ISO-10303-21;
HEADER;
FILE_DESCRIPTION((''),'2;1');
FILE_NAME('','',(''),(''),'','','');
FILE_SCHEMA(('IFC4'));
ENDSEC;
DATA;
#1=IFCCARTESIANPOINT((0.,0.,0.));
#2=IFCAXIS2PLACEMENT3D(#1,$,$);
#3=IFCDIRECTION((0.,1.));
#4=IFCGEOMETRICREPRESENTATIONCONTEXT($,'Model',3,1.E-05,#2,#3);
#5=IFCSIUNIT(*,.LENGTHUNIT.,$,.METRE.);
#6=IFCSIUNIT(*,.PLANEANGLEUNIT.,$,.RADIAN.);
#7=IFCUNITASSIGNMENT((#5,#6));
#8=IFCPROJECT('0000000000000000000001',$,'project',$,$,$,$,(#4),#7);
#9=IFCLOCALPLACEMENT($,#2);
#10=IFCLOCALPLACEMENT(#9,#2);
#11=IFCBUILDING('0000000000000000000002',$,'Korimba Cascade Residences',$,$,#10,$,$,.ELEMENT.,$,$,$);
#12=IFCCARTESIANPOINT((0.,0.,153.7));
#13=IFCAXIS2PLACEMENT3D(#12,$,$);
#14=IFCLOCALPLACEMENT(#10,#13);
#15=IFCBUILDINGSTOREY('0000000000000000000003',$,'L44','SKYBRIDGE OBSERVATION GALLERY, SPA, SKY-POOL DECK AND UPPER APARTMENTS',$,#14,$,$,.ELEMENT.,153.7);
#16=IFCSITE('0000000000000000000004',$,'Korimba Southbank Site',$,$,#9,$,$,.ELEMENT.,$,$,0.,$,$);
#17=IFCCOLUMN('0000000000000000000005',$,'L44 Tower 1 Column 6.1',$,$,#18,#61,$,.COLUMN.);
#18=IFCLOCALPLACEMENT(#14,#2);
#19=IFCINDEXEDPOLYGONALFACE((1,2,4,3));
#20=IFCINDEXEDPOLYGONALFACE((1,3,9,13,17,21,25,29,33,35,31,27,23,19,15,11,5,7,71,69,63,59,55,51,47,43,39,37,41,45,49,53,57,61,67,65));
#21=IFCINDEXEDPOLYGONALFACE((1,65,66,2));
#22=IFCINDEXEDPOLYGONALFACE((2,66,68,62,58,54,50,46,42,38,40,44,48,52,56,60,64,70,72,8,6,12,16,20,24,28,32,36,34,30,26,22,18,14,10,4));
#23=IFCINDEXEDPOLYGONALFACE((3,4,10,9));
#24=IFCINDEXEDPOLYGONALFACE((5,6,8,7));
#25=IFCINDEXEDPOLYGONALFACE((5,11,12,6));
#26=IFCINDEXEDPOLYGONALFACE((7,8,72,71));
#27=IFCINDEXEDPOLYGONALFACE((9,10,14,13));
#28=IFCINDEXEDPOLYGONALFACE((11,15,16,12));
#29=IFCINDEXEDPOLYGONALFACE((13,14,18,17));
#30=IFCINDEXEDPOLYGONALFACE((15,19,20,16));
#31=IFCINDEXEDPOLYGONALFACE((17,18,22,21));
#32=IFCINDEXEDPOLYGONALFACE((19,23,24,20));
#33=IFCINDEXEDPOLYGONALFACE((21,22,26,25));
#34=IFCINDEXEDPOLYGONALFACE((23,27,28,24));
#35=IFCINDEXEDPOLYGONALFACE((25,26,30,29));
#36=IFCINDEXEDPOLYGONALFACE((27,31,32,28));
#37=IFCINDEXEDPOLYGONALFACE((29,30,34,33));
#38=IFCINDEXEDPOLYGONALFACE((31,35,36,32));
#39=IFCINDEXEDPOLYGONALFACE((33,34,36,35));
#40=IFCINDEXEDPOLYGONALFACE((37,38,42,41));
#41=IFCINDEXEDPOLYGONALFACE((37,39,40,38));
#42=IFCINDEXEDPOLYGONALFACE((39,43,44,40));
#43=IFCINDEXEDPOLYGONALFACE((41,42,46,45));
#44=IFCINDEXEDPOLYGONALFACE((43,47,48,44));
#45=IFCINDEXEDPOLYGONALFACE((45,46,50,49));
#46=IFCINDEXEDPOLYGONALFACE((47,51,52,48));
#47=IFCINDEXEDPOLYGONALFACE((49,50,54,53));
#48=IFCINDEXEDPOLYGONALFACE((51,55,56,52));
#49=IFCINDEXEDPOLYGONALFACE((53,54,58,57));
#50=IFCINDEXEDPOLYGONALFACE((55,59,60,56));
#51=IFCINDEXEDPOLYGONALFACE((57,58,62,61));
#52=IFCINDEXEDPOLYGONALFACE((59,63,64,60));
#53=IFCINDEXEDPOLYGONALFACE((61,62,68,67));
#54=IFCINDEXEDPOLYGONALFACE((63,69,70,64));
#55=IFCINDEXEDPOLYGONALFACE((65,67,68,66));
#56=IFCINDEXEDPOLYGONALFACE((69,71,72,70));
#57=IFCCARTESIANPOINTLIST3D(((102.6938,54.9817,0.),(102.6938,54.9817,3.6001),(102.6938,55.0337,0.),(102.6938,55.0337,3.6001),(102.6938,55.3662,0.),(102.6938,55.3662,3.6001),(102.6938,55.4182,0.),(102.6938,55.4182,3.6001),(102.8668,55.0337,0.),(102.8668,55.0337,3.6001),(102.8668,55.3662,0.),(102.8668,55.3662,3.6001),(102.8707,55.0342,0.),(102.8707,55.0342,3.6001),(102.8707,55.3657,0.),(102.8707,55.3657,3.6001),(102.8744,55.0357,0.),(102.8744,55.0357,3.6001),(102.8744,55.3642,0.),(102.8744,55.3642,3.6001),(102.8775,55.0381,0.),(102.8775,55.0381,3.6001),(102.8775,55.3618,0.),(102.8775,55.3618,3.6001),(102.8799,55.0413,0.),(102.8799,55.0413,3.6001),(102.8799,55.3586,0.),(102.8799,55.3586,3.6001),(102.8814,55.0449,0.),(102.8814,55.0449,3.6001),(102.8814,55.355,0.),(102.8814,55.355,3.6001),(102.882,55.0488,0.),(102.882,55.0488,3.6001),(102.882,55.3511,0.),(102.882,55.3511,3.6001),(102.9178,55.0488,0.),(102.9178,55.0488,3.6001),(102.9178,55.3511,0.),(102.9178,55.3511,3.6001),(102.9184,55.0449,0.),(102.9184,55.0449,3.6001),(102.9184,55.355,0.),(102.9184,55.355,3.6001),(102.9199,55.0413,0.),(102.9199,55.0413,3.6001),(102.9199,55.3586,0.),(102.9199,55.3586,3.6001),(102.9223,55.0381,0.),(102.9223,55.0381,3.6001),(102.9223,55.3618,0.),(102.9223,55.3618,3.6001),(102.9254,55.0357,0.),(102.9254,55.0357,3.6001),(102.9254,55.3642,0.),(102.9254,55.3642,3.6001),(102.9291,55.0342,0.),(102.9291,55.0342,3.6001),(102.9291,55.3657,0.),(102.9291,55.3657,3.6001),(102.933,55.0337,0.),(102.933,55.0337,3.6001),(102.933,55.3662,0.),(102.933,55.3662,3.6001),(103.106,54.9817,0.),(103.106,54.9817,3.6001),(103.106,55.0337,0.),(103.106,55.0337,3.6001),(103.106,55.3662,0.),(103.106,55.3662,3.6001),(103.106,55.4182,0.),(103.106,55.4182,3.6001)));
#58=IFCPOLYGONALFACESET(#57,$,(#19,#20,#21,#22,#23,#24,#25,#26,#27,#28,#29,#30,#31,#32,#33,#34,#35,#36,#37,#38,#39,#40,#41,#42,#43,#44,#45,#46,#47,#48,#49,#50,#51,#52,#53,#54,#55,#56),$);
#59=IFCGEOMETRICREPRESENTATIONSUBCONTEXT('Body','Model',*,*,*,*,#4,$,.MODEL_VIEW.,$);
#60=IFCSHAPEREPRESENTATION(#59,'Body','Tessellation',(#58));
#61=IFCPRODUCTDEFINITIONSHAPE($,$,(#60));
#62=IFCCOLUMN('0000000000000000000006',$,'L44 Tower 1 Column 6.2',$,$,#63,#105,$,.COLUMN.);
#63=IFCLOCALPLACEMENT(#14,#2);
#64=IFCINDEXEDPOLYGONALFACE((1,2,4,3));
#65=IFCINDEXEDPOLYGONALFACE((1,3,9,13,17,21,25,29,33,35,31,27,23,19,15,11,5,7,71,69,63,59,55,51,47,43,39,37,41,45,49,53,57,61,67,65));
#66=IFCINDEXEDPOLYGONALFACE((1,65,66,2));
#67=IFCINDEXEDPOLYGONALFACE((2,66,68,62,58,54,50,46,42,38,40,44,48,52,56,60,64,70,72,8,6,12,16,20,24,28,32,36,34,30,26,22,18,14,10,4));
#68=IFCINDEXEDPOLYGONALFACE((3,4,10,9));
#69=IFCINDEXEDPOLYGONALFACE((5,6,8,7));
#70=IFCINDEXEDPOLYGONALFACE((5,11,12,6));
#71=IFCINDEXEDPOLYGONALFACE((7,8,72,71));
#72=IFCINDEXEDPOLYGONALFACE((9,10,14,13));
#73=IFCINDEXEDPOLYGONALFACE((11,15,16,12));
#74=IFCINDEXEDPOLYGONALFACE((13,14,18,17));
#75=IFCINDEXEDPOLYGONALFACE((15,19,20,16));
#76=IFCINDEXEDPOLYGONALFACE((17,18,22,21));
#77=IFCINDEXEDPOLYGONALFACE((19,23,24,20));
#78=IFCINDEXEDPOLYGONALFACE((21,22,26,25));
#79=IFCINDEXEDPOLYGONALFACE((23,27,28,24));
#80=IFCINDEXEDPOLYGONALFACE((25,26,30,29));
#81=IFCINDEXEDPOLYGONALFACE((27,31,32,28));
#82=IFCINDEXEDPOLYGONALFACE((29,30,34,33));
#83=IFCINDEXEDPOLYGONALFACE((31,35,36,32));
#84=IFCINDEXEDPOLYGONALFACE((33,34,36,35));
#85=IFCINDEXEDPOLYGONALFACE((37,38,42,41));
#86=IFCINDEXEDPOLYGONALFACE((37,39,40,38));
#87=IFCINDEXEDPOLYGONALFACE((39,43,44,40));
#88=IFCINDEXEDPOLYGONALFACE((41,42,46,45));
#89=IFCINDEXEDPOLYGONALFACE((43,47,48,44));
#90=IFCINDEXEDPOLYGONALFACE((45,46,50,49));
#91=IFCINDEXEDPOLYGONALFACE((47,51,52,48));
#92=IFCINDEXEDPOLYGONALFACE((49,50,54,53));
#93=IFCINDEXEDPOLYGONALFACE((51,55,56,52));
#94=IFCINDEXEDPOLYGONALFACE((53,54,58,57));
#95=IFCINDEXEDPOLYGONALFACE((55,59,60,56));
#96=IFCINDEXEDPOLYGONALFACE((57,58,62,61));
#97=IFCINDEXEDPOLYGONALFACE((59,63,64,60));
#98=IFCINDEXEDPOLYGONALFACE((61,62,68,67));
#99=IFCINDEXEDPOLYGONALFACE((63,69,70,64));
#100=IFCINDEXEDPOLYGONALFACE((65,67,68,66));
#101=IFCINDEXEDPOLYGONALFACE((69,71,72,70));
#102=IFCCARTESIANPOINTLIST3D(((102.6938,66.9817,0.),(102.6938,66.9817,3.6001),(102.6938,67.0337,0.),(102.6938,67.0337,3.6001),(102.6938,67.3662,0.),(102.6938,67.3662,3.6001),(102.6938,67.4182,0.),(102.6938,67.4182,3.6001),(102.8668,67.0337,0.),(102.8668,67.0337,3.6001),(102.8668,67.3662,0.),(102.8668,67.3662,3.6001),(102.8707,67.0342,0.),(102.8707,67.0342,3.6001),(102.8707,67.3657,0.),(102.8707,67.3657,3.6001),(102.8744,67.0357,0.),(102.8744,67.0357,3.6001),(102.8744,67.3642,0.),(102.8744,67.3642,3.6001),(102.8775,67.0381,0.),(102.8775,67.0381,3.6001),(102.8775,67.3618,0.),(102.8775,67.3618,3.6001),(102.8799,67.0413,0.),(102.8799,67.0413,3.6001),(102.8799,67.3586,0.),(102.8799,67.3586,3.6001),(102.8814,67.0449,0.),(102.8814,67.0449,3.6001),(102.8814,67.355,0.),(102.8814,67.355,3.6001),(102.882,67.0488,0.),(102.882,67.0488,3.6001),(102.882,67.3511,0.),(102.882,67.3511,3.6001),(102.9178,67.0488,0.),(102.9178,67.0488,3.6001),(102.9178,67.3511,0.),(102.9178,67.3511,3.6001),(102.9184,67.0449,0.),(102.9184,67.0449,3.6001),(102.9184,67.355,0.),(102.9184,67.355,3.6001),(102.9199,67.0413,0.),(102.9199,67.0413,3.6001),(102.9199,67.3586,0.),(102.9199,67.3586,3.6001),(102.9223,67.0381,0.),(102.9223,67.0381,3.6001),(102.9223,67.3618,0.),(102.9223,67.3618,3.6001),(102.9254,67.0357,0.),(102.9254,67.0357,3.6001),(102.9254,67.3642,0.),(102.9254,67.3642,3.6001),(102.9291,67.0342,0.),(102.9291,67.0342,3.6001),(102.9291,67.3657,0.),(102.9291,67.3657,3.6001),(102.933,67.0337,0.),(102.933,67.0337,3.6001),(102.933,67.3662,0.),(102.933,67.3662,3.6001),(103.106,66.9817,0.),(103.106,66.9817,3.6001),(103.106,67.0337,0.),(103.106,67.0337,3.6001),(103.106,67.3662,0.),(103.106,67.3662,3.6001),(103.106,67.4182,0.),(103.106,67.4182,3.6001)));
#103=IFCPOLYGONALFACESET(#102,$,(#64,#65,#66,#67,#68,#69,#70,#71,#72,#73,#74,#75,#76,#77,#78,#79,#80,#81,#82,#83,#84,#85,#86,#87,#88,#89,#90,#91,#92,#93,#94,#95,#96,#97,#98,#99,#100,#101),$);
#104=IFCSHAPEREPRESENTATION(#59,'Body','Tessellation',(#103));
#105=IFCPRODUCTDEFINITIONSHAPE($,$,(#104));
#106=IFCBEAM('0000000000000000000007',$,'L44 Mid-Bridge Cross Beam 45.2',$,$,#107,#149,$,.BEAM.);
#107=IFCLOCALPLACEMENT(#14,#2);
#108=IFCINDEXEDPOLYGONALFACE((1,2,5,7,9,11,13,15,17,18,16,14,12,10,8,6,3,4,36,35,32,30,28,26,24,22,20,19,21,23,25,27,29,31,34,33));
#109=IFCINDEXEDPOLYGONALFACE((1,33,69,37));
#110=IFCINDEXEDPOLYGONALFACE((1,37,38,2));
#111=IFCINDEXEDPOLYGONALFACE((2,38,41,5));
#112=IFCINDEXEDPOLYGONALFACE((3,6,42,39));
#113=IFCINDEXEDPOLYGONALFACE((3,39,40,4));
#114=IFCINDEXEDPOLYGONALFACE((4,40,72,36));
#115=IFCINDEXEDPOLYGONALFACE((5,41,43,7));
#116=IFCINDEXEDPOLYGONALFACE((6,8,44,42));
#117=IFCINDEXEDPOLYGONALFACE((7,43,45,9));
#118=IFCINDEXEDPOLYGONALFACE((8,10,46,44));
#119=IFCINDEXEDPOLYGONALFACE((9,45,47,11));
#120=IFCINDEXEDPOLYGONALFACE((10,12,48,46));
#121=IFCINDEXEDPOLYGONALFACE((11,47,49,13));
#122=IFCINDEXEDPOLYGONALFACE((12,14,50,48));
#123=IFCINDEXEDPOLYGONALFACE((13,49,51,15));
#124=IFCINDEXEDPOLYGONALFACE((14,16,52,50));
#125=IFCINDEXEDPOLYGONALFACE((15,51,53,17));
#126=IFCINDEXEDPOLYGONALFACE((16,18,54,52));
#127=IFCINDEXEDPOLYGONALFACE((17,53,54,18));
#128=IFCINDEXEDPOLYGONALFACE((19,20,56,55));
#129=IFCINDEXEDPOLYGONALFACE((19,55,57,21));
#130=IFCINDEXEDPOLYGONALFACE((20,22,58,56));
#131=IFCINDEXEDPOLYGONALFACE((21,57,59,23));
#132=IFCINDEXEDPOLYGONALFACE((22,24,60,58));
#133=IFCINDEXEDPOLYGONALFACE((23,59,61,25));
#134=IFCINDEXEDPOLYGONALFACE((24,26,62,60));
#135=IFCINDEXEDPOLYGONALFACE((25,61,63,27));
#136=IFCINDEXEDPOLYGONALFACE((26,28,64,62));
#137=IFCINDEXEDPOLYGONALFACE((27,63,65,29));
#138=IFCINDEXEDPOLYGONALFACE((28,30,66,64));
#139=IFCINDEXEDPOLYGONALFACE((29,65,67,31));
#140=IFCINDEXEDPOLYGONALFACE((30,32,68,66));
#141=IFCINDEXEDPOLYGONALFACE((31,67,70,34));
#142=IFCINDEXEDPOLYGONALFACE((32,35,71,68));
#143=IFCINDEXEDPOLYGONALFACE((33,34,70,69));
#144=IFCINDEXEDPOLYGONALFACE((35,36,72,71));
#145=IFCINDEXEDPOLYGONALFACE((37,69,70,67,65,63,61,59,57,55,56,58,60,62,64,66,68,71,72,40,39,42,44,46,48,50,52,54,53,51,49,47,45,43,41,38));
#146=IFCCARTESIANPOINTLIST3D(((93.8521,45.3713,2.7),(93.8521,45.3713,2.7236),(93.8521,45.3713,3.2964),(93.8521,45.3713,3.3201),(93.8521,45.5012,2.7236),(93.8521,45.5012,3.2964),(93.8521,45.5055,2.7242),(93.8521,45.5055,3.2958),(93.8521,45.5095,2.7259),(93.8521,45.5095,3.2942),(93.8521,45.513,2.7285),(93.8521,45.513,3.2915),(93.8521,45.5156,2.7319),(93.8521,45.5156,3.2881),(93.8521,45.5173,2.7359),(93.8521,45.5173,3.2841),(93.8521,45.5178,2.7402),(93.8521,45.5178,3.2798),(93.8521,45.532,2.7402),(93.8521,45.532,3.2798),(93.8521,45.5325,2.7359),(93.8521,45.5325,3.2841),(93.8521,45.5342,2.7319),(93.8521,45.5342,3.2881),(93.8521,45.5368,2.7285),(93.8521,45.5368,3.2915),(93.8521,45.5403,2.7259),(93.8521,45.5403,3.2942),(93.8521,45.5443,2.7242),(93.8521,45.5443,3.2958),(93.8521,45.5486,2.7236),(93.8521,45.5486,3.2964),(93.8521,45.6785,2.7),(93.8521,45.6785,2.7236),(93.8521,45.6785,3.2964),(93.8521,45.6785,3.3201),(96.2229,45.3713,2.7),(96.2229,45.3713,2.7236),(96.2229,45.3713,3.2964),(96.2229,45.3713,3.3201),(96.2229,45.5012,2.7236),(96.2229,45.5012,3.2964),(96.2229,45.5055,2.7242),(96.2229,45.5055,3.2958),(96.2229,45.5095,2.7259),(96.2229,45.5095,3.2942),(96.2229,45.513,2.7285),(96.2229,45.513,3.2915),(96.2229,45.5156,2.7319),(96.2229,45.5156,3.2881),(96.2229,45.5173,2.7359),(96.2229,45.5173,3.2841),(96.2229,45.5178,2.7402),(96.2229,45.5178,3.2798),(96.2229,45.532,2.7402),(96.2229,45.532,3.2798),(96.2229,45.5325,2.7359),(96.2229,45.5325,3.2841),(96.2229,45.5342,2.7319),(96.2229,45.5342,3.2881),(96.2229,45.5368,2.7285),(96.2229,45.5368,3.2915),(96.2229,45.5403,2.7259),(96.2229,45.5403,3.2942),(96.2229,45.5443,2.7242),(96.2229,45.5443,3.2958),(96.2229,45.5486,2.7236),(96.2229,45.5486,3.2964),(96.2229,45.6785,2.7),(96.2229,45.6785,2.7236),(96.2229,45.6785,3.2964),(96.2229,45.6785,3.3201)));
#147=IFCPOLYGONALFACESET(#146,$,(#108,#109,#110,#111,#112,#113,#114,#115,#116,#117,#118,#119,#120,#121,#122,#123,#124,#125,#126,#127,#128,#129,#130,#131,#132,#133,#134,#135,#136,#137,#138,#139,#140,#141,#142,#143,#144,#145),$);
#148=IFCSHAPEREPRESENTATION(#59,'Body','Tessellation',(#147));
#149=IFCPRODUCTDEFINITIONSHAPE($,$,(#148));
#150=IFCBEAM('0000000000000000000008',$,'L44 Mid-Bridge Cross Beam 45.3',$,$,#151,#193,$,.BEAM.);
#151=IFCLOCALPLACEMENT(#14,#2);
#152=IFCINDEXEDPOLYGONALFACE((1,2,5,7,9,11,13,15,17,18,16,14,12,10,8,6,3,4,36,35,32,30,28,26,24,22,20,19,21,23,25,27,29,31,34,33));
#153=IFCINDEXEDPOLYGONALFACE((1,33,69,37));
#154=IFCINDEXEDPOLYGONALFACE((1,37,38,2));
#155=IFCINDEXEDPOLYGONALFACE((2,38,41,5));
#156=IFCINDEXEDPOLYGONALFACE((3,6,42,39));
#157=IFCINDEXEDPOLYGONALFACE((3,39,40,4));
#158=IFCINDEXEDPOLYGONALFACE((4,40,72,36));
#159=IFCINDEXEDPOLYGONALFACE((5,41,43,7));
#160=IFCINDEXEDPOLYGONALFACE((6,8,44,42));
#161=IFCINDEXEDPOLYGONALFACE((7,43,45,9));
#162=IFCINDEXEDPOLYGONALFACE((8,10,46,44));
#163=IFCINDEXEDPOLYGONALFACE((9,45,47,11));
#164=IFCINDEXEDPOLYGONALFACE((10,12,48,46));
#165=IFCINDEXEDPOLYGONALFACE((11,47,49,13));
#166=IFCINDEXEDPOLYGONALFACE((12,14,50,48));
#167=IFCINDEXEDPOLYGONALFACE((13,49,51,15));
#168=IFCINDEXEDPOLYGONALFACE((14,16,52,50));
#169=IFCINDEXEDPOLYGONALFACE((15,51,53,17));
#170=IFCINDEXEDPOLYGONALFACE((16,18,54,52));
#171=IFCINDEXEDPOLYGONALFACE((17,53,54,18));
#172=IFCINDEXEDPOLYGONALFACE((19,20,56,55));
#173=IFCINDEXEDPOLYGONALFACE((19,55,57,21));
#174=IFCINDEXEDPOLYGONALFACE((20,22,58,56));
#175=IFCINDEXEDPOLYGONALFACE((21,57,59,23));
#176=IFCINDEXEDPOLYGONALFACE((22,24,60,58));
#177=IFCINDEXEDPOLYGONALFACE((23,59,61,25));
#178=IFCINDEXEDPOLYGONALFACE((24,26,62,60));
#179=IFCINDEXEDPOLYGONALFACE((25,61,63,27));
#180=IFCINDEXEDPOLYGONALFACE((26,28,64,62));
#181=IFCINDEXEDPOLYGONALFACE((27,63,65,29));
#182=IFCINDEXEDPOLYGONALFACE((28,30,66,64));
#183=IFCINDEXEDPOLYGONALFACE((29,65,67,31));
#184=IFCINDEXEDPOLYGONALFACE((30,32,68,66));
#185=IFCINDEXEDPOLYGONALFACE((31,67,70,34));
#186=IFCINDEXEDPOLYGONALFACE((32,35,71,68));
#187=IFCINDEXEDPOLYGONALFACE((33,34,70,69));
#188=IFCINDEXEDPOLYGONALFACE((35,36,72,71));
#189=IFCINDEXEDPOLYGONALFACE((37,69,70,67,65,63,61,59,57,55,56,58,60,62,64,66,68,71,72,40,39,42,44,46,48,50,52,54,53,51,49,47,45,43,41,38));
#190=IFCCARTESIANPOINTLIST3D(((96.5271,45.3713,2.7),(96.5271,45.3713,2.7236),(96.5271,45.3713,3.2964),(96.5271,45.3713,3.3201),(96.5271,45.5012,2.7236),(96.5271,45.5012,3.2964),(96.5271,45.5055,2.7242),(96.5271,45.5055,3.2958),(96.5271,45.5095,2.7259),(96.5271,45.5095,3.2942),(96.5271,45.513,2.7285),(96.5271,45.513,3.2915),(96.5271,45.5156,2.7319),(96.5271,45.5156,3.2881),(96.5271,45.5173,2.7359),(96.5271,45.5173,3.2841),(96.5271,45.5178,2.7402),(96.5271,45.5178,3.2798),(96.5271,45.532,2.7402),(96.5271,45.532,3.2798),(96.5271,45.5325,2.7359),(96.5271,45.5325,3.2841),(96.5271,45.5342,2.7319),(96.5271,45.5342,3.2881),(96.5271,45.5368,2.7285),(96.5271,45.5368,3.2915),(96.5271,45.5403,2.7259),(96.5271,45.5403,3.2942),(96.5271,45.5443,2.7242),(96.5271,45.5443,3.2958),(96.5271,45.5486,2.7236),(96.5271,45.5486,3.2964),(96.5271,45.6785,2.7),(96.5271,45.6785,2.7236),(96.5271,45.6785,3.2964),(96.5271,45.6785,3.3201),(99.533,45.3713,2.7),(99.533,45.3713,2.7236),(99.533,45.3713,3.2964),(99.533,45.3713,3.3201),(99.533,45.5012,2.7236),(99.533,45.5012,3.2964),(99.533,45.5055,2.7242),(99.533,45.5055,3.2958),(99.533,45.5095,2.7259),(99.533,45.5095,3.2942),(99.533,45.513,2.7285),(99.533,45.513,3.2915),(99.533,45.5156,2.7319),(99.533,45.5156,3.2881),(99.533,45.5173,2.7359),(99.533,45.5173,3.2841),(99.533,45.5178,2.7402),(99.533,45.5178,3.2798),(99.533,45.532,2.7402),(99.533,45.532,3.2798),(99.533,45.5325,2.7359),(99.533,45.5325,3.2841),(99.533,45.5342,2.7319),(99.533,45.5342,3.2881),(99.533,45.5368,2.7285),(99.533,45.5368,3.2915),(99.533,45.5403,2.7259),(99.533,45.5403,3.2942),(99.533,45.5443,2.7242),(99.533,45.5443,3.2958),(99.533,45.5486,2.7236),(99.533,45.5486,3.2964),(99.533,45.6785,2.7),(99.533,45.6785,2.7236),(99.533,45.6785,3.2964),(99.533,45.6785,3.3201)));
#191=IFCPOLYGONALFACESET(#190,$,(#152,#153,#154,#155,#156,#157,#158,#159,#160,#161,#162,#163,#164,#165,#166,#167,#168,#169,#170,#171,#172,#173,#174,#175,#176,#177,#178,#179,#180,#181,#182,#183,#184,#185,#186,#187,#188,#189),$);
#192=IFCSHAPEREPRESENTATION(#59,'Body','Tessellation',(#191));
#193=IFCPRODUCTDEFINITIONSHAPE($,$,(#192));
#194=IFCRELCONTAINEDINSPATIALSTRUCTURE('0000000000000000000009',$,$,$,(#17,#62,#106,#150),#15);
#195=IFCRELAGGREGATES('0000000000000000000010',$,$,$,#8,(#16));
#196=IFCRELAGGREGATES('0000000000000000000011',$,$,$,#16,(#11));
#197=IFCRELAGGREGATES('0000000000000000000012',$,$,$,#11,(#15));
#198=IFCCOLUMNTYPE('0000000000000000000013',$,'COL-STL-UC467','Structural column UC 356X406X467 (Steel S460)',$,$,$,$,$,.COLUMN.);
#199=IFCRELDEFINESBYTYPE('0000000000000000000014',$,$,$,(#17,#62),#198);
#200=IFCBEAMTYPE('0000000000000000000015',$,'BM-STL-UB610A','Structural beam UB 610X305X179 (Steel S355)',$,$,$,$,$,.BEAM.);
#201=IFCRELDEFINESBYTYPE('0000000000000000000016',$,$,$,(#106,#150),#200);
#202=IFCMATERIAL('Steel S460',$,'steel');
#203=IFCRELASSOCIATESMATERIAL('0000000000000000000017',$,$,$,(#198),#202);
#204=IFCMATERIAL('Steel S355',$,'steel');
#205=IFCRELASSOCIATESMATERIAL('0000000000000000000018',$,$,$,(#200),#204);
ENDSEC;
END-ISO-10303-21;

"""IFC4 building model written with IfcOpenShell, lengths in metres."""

from ifc_helpers import new_model, si_unit, direction, frame, origin, origin_2d, place, context, subcontext, project, spatial, i_section, extrude, material, material_profile, profile_set, type_object, element, save


model = new_model("IFC4")

# Units and contexts
model_context = context("Model", 3, precision=1e-05, world=origin(), true_north=direction((0.0, 1.0)))
body_context = subcontext(model_context, "Body", "Model", "MODEL_VIEW")
ifc_project = project(units=[si_unit("LENGTHUNIT", "METRE"), si_unit("PLANEANGLEUNIT", "RADIAN")], contexts=[model_context])

# Site, building, storey
site_placement = place(None, origin())
site = spatial("IfcSite", under=ifc_project, at=site_placement, Name="Korimba Southbank Site", CompositionType="ELEMENT", RefElevation=0.0)
building_placement = place(site_placement, origin())
building = spatial("IfcBuilding", under=site, at=building_placement, Name="Korimba Cascade Residences", CompositionType="ELEMENT")
storey_placement = place(building_placement, frame((0.0, 0.0, 153.7)))
storey = spatial("IfcBuildingStorey", under=building, at=storey_placement, Name="L44", Description="SKYBRIDGE OBSERVATION GALLERY, SPA, SKY-POOL DECK AND UPPER APARTMENTS", CompositionType="ELEMENT", Elevation=153.7)

# Columns
ifc_material_1 = material(Name="Steel S460", Category="steel")
ifc_material_profile_1 = material_profile(ifc_material_1, i_section(OverallWidth=0.4121, OverallDepth=0.4365, WebThickness=0.0359, FlangeThickness=0.052, FilletRadius=0.0151, at=origin_2d()), Name="Steel S460")
ifc_profile_set_1 = profile_set([ifc_material_profile_1], Name="Steel S460")
column_type = type_object("IfcColumnType", Name="COL-STL-UC467", Description="Structural column UC 356X406X467 (Steel S460)", PredefinedType="COLUMN", material=ifc_profile_set_1)
for number, where, z_axis, x_axis, name in (
    (1, (102.8999, 55.2, 0.0), (0.0, 0.0, 1.0), (1.0, 0.0, 0.0), "L44 Tower 1 Column 6.1"),
    (2, (102.8999, 67.2, 0.0), (0.0, 0.0, 1.0), (1.0, 0.0, 0.0), "L44 Tower 1 Column 6.2"),
):
    element("IfcColumn", number, at=place(storey_placement, frame(where, z_axis=z_axis, x_axis=x_axis)), inside=storey, type_object=column_type, Name=name, PredefinedType="COLUMN", context=body_context, shape_type="SweptSolid", body=[
        extrude(i_section(OverallWidth=0.4121, OverallDepth=0.4365, WebThickness=0.0359, FlangeThickness=0.052, FilletRadius=0.0151, at=origin_2d()), origin(), (0.0, 0.0, 1.0), 3.6001),
    ])

# Beams
ifc_material_2 = material(Name="Steel S355", Category="steel")
ifc_material_profile_2 = material_profile(ifc_material_2, i_section(OverallWidth=0.3071, OverallDepth=0.6201, WebThickness=0.0142, FlangeThickness=0.0237, FilletRadius=0.0166, at=origin_2d()), Name="Steel S355")
ifc_profile_set_2 = profile_set([ifc_material_profile_2], Name="Steel S355")
beam_type_1 = type_object("IfcBeamType", Name="BM-STL-UB610A", Description="Structural beam UB 610X305X179 (Steel S355)", PredefinedType="BEAM", material=ifc_profile_set_2)
beam_1_placement = place(storey_placement, frame((93.8521, 45.5249, 3.01), z_axis=(1.0, 0.0, 0.0), x_axis=(0.0, 1.0, 0.0)))
element("IfcBeam", 3, at=beam_1_placement, inside=storey, type_object=beam_type_1, Name="L44 Mid-Bridge Cross Beam 45.2", PredefinedType="BEAM", context=body_context, shape_type="SweptSolid", body=[
    extrude(i_section(OverallWidth=0.3071, OverallDepth=0.6201, WebThickness=0.0142, FlangeThickness=0.0237, FilletRadius=0.0166, at=origin_2d()), origin(), (0.0, 0.0, 1.0), 2.3708),
])
beam_2_placement = place(storey_placement, frame((96.5271, 45.5249, 3.01), z_axis=(1.0, 0.0, 0.0), x_axis=(0.0, 1.0, 0.0)))
element("IfcBeam", 4, at=beam_2_placement, inside=storey, type_object=beam_type_1, Name="L44 Mid-Bridge Cross Beam 45.3", PredefinedType="BEAM", context=body_context, shape_type="SweptSolid", body=[
    extrude(i_section(OverallWidth=0.3071, OverallDepth=0.6201, WebThickness=0.0142, FlangeThickness=0.0237, FilletRadius=0.0166, at=origin_2d()), origin(), (0.0, 0.0, 1.0), 3.0059),
])

save(model, "model.ifc")
